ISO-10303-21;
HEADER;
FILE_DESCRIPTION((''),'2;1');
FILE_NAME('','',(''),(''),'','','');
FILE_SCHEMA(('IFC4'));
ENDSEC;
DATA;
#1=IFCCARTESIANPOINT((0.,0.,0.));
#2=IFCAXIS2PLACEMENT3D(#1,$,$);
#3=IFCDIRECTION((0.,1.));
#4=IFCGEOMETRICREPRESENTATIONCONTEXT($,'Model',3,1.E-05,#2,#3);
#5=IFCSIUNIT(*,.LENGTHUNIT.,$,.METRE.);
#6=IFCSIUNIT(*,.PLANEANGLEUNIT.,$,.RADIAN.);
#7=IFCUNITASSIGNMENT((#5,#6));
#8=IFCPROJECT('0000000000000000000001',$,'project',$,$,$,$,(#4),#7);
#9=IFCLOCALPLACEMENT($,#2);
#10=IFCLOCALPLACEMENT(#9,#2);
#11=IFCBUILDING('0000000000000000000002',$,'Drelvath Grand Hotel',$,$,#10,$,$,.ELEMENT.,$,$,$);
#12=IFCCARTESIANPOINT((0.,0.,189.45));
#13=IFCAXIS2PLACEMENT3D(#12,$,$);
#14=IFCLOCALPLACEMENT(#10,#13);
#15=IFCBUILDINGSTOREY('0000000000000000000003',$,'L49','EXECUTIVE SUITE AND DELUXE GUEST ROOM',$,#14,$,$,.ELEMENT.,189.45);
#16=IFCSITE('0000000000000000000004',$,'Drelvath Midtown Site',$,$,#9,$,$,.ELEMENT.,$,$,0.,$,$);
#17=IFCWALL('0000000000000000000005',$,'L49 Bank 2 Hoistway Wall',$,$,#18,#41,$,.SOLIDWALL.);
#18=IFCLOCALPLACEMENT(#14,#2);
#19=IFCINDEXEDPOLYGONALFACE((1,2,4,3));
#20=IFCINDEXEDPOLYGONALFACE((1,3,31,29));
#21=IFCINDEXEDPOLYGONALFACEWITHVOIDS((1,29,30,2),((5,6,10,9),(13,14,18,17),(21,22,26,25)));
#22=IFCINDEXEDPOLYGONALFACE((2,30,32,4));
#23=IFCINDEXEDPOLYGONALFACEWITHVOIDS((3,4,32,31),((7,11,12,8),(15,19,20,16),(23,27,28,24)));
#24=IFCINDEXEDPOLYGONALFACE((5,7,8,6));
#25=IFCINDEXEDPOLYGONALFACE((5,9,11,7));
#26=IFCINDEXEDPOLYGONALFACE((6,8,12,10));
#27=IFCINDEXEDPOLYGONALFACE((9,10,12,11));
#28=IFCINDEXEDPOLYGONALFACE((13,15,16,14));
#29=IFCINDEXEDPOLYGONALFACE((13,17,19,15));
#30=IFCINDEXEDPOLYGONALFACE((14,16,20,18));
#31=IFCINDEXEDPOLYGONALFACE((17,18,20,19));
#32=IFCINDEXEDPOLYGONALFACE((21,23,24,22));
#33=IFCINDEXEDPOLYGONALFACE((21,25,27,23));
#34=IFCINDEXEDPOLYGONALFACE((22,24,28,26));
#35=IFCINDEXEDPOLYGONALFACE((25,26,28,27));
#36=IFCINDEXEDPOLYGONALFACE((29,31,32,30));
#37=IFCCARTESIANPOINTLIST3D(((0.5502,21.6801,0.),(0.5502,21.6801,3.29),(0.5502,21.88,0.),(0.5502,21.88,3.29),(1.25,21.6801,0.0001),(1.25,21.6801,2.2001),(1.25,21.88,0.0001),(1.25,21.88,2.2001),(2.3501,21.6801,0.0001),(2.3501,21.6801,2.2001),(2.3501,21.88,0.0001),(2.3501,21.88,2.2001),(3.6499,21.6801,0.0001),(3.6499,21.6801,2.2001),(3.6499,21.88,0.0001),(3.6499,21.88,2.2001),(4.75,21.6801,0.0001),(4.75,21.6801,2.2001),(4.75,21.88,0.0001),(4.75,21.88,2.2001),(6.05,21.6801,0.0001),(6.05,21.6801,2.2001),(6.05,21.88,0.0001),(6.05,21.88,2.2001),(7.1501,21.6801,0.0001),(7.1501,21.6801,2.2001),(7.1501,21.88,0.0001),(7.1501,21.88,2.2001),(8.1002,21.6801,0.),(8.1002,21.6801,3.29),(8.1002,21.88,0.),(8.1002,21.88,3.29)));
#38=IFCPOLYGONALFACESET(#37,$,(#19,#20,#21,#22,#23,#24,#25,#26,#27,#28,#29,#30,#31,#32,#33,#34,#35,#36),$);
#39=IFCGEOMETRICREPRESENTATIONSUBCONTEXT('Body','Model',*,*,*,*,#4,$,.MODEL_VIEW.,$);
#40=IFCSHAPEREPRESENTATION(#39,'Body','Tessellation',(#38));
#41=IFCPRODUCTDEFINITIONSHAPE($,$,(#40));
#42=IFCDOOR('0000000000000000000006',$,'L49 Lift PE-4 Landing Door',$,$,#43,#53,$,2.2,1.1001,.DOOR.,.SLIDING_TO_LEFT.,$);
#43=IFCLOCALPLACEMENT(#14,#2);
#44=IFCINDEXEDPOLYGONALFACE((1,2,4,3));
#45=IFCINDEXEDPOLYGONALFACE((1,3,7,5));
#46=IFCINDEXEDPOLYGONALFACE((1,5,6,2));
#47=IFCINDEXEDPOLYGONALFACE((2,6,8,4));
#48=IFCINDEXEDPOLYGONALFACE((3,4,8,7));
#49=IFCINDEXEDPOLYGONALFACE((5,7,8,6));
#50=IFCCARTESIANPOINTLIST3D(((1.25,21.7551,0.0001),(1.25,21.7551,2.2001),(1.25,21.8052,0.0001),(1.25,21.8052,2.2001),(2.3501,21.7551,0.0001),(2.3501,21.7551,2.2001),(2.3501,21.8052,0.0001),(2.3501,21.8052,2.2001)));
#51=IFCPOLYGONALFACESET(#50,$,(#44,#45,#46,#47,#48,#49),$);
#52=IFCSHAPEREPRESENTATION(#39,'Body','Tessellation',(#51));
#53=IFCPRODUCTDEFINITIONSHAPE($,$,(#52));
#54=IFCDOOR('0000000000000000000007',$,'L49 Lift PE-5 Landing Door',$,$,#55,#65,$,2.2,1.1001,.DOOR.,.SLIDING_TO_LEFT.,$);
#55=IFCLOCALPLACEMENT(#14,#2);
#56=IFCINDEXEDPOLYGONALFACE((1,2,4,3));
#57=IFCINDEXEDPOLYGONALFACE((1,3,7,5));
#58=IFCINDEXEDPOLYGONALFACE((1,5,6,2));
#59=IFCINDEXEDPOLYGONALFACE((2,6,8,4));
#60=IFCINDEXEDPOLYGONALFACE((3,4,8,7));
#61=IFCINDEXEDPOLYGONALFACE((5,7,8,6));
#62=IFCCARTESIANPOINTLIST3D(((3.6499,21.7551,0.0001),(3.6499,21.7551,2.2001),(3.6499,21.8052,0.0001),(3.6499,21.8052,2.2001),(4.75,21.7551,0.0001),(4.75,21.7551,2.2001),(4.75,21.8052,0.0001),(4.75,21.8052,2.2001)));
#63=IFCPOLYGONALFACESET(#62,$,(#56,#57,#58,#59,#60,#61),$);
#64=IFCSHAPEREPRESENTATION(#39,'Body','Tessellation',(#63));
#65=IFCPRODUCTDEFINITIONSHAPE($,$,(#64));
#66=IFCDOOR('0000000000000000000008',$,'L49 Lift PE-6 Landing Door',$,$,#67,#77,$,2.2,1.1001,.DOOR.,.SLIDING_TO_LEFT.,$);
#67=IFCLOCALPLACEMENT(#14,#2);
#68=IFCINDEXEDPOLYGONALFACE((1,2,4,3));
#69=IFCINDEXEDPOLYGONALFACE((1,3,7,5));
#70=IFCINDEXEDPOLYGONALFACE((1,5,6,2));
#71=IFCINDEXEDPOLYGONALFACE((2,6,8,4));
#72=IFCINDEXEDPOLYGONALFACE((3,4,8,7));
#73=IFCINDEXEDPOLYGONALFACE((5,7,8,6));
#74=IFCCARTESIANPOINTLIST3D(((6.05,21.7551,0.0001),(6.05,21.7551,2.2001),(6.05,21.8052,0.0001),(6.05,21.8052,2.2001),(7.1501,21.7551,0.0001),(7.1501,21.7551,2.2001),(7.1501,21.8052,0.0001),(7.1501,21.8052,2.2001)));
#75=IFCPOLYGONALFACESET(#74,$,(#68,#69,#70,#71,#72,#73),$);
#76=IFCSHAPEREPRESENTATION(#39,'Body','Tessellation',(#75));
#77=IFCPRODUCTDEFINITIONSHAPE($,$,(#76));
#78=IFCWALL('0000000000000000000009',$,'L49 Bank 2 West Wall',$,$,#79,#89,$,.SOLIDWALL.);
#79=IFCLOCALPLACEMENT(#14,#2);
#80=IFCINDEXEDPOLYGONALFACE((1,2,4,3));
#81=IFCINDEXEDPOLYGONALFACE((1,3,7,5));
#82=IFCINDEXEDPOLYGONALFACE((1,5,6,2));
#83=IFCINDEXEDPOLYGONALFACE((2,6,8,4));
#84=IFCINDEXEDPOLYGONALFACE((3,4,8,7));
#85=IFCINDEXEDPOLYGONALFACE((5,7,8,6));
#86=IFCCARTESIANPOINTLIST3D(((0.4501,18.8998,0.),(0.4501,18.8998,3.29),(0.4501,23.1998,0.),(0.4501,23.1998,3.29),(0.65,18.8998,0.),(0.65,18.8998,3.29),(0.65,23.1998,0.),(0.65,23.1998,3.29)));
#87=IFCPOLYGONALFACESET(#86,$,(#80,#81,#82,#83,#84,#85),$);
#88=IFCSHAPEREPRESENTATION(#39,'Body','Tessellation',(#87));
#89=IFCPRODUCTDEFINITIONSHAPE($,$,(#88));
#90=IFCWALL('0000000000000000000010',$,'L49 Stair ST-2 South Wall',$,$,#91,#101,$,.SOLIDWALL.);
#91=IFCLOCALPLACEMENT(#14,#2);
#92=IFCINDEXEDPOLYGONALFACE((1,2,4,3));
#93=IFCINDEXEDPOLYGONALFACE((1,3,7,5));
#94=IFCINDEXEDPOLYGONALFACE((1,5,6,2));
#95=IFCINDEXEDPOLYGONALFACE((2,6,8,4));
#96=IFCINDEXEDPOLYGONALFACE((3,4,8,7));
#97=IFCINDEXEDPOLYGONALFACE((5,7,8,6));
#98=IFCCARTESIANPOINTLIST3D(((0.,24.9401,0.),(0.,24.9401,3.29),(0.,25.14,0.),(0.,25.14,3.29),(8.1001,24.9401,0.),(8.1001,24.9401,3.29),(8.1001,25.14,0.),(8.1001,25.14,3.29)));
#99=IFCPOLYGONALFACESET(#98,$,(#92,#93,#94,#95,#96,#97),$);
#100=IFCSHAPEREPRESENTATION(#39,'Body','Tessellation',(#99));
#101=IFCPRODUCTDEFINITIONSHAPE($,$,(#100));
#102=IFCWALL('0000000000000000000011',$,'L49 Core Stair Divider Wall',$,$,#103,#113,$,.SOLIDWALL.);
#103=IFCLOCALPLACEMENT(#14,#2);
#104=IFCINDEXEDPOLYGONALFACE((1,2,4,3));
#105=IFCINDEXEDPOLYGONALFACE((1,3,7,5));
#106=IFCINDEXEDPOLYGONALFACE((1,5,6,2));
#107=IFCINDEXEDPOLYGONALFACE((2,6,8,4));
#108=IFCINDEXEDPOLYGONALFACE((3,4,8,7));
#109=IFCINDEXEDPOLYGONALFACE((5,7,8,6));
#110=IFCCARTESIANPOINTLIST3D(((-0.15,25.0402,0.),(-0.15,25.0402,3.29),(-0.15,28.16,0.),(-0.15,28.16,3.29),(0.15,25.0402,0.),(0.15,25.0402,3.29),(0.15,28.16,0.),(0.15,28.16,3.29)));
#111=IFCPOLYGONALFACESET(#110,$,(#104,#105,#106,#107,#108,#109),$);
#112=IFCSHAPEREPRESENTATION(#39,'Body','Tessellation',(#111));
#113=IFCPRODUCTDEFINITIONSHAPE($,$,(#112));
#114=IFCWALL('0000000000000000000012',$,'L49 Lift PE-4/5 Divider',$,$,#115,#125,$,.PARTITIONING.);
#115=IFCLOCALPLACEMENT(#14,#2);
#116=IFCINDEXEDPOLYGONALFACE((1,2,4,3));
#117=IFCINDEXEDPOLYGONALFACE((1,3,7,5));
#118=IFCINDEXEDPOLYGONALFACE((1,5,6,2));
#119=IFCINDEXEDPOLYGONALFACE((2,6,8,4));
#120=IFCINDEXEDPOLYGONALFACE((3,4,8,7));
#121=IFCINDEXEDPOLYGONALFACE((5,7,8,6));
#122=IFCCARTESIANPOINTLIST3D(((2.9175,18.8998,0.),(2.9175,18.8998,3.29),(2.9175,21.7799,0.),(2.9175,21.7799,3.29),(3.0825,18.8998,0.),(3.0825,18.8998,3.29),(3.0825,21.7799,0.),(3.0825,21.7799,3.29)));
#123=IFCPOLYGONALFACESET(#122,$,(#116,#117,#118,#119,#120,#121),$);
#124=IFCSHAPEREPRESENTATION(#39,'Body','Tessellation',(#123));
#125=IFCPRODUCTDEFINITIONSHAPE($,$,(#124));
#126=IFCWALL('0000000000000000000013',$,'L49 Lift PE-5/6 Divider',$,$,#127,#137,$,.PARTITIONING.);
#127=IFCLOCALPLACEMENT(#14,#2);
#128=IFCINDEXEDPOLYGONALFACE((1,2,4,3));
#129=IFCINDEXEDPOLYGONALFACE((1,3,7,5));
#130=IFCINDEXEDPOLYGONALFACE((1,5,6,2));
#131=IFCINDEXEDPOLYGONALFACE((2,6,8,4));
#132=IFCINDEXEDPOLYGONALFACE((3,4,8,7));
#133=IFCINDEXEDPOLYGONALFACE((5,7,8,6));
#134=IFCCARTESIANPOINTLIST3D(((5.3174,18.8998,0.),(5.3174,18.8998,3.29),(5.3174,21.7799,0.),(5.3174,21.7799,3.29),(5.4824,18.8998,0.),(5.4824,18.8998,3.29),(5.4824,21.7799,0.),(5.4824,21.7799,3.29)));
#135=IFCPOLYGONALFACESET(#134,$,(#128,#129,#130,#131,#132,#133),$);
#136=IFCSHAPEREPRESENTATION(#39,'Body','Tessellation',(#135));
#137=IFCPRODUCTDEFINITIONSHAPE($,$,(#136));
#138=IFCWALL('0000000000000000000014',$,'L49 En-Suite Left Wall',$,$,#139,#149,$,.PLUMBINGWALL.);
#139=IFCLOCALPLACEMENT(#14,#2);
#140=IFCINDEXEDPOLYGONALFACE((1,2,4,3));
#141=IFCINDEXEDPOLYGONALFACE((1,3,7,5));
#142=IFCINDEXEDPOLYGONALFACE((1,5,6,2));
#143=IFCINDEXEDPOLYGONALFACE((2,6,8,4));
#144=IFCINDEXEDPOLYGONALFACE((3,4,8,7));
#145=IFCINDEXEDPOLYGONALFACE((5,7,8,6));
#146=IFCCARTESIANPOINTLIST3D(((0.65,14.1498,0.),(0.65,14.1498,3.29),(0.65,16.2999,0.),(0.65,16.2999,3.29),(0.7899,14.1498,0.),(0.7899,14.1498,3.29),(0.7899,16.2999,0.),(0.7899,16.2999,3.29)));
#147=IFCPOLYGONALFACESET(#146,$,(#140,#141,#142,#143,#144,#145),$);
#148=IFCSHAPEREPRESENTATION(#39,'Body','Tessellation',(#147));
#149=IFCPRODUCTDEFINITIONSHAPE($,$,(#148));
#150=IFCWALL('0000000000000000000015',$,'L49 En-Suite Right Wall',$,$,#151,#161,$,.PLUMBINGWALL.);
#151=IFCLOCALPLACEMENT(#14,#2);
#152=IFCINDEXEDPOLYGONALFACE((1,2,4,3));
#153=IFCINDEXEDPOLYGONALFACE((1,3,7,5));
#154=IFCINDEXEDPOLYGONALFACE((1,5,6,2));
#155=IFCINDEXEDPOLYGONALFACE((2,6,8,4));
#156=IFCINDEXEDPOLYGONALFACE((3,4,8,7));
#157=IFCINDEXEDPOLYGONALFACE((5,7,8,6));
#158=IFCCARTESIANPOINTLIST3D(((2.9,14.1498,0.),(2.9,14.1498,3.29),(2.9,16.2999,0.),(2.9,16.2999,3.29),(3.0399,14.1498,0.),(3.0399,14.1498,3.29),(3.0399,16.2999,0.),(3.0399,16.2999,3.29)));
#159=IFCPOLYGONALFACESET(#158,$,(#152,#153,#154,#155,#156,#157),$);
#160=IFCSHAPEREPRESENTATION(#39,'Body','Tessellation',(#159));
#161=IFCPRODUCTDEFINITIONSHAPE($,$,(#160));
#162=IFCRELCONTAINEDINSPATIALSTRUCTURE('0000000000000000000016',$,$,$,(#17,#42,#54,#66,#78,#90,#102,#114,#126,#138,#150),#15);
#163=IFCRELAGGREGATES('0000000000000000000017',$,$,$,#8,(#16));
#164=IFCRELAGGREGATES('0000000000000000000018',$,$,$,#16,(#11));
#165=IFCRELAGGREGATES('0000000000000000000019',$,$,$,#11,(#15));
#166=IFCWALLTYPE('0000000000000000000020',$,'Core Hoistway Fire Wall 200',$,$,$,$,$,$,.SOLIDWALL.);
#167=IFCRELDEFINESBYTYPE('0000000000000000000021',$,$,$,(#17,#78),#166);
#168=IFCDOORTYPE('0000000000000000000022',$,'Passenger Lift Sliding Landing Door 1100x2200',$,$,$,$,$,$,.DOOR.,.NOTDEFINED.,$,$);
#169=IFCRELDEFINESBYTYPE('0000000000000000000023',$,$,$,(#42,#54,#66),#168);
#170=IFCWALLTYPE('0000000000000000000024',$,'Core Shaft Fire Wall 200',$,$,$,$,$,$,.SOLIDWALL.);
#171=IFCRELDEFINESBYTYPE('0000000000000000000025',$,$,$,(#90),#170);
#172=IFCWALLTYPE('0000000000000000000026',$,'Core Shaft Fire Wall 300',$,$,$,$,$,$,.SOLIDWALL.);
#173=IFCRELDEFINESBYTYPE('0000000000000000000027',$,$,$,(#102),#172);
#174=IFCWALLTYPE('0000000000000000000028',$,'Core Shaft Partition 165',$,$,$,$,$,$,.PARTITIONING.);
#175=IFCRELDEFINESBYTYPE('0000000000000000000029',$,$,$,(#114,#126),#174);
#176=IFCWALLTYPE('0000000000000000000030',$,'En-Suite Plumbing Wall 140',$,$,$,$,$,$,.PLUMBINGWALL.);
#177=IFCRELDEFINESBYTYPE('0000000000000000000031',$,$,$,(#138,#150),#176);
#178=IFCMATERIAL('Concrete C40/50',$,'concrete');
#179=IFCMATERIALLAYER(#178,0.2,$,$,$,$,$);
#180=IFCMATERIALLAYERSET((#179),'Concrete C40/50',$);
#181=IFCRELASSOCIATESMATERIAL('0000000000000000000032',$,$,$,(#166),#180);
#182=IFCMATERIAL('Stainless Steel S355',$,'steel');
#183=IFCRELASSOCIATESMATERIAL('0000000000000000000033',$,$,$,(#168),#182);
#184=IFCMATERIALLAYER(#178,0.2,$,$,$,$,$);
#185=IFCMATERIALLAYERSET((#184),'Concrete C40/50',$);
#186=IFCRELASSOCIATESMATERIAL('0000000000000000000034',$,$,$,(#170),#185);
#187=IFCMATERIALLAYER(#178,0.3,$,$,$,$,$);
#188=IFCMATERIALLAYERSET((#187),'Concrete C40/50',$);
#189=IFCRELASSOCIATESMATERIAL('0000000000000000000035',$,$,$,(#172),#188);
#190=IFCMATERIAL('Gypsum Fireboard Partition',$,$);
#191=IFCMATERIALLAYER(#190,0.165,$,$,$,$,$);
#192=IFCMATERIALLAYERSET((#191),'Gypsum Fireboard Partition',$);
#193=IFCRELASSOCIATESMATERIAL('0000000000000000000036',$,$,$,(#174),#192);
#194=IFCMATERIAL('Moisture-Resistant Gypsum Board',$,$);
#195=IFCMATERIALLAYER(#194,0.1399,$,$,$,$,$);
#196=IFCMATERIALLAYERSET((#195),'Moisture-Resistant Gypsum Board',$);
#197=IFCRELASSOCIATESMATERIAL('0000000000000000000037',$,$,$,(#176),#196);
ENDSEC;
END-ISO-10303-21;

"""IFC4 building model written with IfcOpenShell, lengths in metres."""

from ifc_helpers import new_model, si_unit, direction, frame, frame_2d, origin, place, context, subcontext, project, spatial, rectangle, extrude, material, layer, layer_set, type_object, element, fill, save


model = new_model("IFC4")

# Units and contexts
model_context = context("Model", 3, precision=1e-05, world=origin(), true_north=direction((0.0, 1.0)))
body_context = subcontext(model_context, "Body", "Model", "MODEL_VIEW")
ifc_project = project(units=[si_unit("LENGTHUNIT", "METRE"), si_unit("PLANEANGLEUNIT", "RADIAN")], contexts=[model_context])

# Site, building, storey
site_placement = place(None, origin())
site = spatial("IfcSite", under=ifc_project, at=site_placement, Name="Drelvath Midtown Site", CompositionType="ELEMENT", RefElevation=0.0)
building_placement = place(site_placement, origin())
building = spatial("IfcBuilding", under=site, at=building_placement, Name="Drelvath Grand Hotel", CompositionType="ELEMENT")
storey_placement = place(building_placement, frame((0.0, 0.0, 189.45)))
storey = spatial("IfcBuildingStorey", under=building, at=storey_placement, Name="L49", Description="EXECUTIVE SUITE AND DELUXE GUEST ROOM", CompositionType="ELEMENT", Elevation=189.45)

# Wall, openings, doors
ifc_material_1 = material(Name="Concrete C40/50", Category="concrete")
ifc_layer_1 = layer(ifc_material_1, 0.2)
ifc_layer_set_1 = layer_set([ifc_layer_1], Name="Concrete C40/50")
wall_type_1 = type_object("IfcWallType", Name="Core Hoistway Fire Wall 200", PredefinedType="SOLIDWALL", material=ifc_layer_set_1)
wall_1_placement = place(storey_placement, frame((8.1001, 21.78, 0.0), z_axis=(0.0, 0.0, 1.0), x_axis=(-1.0, 0.0, 0.0)))
wall_1 = element("IfcWall", 1, at=wall_1_placement, inside=storey, type_object=wall_type_1, Name="L49 Bank 2 Hoistway Wall", PredefinedType="SOLIDWALL", context=body_context, shape_type="SweptSolid", body=[
    extrude(rectangle(XDim=7.55, YDim=0.2, at=frame_2d((3.7749, 0.0))), origin(), (0.0, 0.0, 1.0), 3.29),
])
opening_1_placement = place(wall_1_placement, frame((5.75, 0.0, 0.0)))
opening_1 = element("IfcOpeningElement", 2, at=opening_1_placement, cuts=wall_1, PredefinedType="OPENING", context=body_context, shape_type="SweptSolid", body=[
    extrude(rectangle(XDim=1.1001, YDim=2.2, at=frame_2d((0.55, 1.1001))), frame((0.0, 0.1099, 0.0), z_axis=(0.0, -1.0, 0.0), x_axis=(1.0, 0.0, 0.0)), (0.0, 0.0, 1.0), 0.22),
])
opening_2_placement = place(wall_1_placement, frame((3.3501, 0.0, 0.0)))
opening_2 = element("IfcOpeningElement", 3, at=opening_2_placement, cuts=wall_1, PredefinedType="OPENING", context=body_context, shape_type="SweptSolid", body=[
    extrude(rectangle(XDim=1.1001, YDim=2.2, at=frame_2d((0.55, 1.1001))), frame((0.0, 0.1099, 0.0), z_axis=(0.0, -1.0, 0.0), x_axis=(1.0, 0.0, 0.0)), (0.0, 0.0, 1.0), 0.22),
])
opening_3_placement = place(wall_1_placement, frame((0.95, 0.0, 0.0)))
opening_3 = element("IfcOpeningElement", 4, at=opening_3_placement, cuts=wall_1, PredefinedType="OPENING", context=body_context, shape_type="SweptSolid", body=[
    extrude(rectangle(XDim=1.1001, YDim=2.2, at=frame_2d((0.55, 1.1001))), frame((0.0, 0.1099, 0.0), z_axis=(0.0, -1.0, 0.0), x_axis=(1.0, 0.0, 0.0)), (0.0, 0.0, 1.0), 0.22),
])
ifc_material_2 = material(Name="Stainless Steel S355", Category="steel")
door_type_1 = type_object("IfcDoorType", Name="Passenger Lift Sliding Landing Door 1100x2200", OperationType="NOTDEFINED", PredefinedType="DOOR", material=ifc_material_2)
door_1_placement = place(opening_1_placement, origin())
door_1 = element("IfcDoor", 5, at=door_1_placement, inside=storey, type_object=door_type_1, Name="L49 Lift PE-4 Landing Door", OperationType="SLIDING_TO_LEFT", OverallHeight=2.2, OverallWidth=1.1001, PredefinedType="DOOR", context=body_context, shape_type="SweptSolid", body=[
    extrude(rectangle(XDim=1.1001, YDim=2.2, at=frame_2d((0.55, 1.1001))), frame((0.0, 0.0249, 0.0), z_axis=(0.0, -1.0, 0.0), x_axis=(1.0, 0.0, 0.0)), (0.0, 0.0, 1.0), 0.05),
])
fill(opening_1, door_1)
door_2_placement = place(opening_2_placement, origin())
door_2 = element("IfcDoor", 6, at=door_2_placement, inside=storey, type_object=door_type_1, Name="L49 Lift PE-5 Landing Door", OperationType="SLIDING_TO_LEFT", OverallHeight=2.2, OverallWidth=1.1001, PredefinedType="DOOR", context=body_context, shape_type="SweptSolid", body=[
    extrude(rectangle(XDim=1.1001, YDim=2.2, at=frame_2d((0.55, 1.1001))), frame((0.0, 0.0249, 0.0), z_axis=(0.0, -1.0, 0.0), x_axis=(1.0, 0.0, 0.0)), (0.0, 0.0, 1.0), 0.05),
])
fill(opening_2, door_2)
door_3_placement = place(opening_3_placement, origin())
door_3 = element("IfcDoor", 7, at=door_3_placement, inside=storey, type_object=door_type_1, Name="L49 Lift PE-6 Landing Door", OperationType="SLIDING_TO_LEFT", OverallHeight=2.2, OverallWidth=1.1001, PredefinedType="DOOR", context=body_context, shape_type="SweptSolid", body=[
    extrude(rectangle(XDim=1.1001, YDim=2.2, at=frame_2d((0.55, 1.1001))), frame((0.0, 0.0249, 0.0), z_axis=(0.0, -1.0, 0.0), x_axis=(1.0, 0.0, 0.0)), (0.0, 0.0, 1.0), 0.05),
])
fill(opening_3, door_3)

# Walls
wall_2_placement = place(storey_placement, frame((0.55, 18.8999, 0.0), z_axis=(0.0, 0.0, 1.0), x_axis=(0.0, 1.0, 0.0)))
element("IfcWall", 8, at=wall_2_placement, inside=storey, type_object=wall_type_1, Name="L49 Bank 2 West Wall", PredefinedType="SOLIDWALL", context=body_context, shape_type="SweptSolid", body=[
    extrude(rectangle(XDim=4.3, YDim=0.2, at=frame_2d((2.1499, 0.0))), origin(), (0.0, 0.0, 1.0), 3.29),
])
ifc_layer_2 = layer(ifc_material_1, 0.2)
ifc_layer_set_2 = layer_set([ifc_layer_2], Name="Concrete C40/50")
wall_type_2 = type_object("IfcWallType", Name="Core Shaft Fire Wall 200", PredefinedType="SOLIDWALL", material=ifc_layer_set_2)
wall_3_placement = place(storey_placement, frame((0.0, 25.04, 0.0), z_axis=(0.0, 0.0, 1.0), x_axis=(1.0, 0.0, 0.0)))
element("IfcWall", 9, at=wall_3_placement, inside=storey, type_object=wall_type_2, Name="L49 Stair ST-2 South Wall", PredefinedType="SOLIDWALL", context=body_context, shape_type="SweptSolid", body=[
    extrude(rectangle(XDim=8.1001, YDim=0.2, at=frame_2d((4.05, 0.0))), origin(), (0.0, 0.0, 1.0), 3.29),
])
ifc_layer_3 = layer(ifc_material_1, 0.3)
ifc_layer_set_3 = layer_set([ifc_layer_3], Name="Concrete C40/50")
wall_type_3 = type_object("IfcWallType", Name="Core Shaft Fire Wall 300", PredefinedType="SOLIDWALL", material=ifc_layer_set_3)
wall_4_placement = place(storey_placement, frame((0.0, 25.04, 0.0), z_axis=(0.0, 0.0, 1.0), x_axis=(0.0, 1.0, 0.0)))
element("IfcWall", 10, at=wall_4_placement, inside=storey, type_object=wall_type_3, Name="L49 Core Stair Divider Wall", PredefinedType="SOLIDWALL", context=body_context, shape_type="SweptSolid", body=[
    extrude(rectangle(XDim=3.1199, YDim=0.3, at=frame_2d((1.5601, 0.0))), origin(), (0.0, 0.0, 1.0), 3.29),
])
ifc_material_3 = material(Name="Gypsum Fireboard Partition")
ifc_layer_4 = layer(ifc_material_3, 0.165)
ifc_layer_set_4 = layer_set([ifc_layer_4], Name="Gypsum Fireboard Partition")
wall_type_4 = type_object("IfcWallType", Name="Core Shaft Partition 165", PredefinedType="PARTITIONING", material=ifc_layer_set_4)
for number, where, z_axis, x_axis, name in (
    (11, (3.0, 18.8999, 0.0), (0.0, 0.0, 1.0), (0.0, 1.0, 0.0), "L49 Lift PE-4/5 Divider"),
    (12, (5.3999, 18.8999, 0.0), (0.0, 0.0, 1.0), (0.0, 1.0, 0.0), "L49 Lift PE-5/6 Divider"),
):
    element("IfcWall", number, at=place(storey_placement, frame(where, z_axis=z_axis, x_axis=x_axis)), inside=storey, type_object=wall_type_4, Name=name, PredefinedType="PARTITIONING", context=body_context, shape_type="SweptSolid", body=[
        extrude(rectangle(XDim=2.8801, YDim=0.165, at=frame_2d((1.4399, 0.0))), origin(), (0.0, 0.0, 1.0), 3.29),
    ])
ifc_material_4 = material(Name="Moisture-Resistant Gypsum Board")
ifc_layer_5 = layer(ifc_material_4, 0.1399)
ifc_layer_set_5 = layer_set([ifc_layer_5], Name="Moisture-Resistant Gypsum Board")
wall_type_5 = type_object("IfcWallType", Name="En-Suite Plumbing Wall 140", PredefinedType="PLUMBINGWALL", material=ifc_layer_set_5)
for number, where, z_axis, x_axis, name in (
    (13, (0.72, 16.3, 0.0), (0.0, 0.0, 1.0), (0.0, -1.0, 0.0), "L49 En-Suite Left Wall"),
    (14, (2.97, 16.3, 0.0), (0.0, 0.0, 1.0), (0.0, -1.0, 0.0), "L49 En-Suite Right Wall"),
):
    element("IfcWall", number, at=place(storey_placement, frame(where, z_axis=z_axis, x_axis=x_axis)), inside=storey, type_object=wall_type_5, Name=name, PredefinedType="PLUMBINGWALL", context=body_context, shape_type="SweptSolid", body=[
        extrude(rectangle(XDim=2.1501, YDim=0.1399, at=frame_2d((1.0752, 0.0))), origin(), (0.0, 0.0, 1.0), 3.29),
    ])

save(model, "model.ifc")
